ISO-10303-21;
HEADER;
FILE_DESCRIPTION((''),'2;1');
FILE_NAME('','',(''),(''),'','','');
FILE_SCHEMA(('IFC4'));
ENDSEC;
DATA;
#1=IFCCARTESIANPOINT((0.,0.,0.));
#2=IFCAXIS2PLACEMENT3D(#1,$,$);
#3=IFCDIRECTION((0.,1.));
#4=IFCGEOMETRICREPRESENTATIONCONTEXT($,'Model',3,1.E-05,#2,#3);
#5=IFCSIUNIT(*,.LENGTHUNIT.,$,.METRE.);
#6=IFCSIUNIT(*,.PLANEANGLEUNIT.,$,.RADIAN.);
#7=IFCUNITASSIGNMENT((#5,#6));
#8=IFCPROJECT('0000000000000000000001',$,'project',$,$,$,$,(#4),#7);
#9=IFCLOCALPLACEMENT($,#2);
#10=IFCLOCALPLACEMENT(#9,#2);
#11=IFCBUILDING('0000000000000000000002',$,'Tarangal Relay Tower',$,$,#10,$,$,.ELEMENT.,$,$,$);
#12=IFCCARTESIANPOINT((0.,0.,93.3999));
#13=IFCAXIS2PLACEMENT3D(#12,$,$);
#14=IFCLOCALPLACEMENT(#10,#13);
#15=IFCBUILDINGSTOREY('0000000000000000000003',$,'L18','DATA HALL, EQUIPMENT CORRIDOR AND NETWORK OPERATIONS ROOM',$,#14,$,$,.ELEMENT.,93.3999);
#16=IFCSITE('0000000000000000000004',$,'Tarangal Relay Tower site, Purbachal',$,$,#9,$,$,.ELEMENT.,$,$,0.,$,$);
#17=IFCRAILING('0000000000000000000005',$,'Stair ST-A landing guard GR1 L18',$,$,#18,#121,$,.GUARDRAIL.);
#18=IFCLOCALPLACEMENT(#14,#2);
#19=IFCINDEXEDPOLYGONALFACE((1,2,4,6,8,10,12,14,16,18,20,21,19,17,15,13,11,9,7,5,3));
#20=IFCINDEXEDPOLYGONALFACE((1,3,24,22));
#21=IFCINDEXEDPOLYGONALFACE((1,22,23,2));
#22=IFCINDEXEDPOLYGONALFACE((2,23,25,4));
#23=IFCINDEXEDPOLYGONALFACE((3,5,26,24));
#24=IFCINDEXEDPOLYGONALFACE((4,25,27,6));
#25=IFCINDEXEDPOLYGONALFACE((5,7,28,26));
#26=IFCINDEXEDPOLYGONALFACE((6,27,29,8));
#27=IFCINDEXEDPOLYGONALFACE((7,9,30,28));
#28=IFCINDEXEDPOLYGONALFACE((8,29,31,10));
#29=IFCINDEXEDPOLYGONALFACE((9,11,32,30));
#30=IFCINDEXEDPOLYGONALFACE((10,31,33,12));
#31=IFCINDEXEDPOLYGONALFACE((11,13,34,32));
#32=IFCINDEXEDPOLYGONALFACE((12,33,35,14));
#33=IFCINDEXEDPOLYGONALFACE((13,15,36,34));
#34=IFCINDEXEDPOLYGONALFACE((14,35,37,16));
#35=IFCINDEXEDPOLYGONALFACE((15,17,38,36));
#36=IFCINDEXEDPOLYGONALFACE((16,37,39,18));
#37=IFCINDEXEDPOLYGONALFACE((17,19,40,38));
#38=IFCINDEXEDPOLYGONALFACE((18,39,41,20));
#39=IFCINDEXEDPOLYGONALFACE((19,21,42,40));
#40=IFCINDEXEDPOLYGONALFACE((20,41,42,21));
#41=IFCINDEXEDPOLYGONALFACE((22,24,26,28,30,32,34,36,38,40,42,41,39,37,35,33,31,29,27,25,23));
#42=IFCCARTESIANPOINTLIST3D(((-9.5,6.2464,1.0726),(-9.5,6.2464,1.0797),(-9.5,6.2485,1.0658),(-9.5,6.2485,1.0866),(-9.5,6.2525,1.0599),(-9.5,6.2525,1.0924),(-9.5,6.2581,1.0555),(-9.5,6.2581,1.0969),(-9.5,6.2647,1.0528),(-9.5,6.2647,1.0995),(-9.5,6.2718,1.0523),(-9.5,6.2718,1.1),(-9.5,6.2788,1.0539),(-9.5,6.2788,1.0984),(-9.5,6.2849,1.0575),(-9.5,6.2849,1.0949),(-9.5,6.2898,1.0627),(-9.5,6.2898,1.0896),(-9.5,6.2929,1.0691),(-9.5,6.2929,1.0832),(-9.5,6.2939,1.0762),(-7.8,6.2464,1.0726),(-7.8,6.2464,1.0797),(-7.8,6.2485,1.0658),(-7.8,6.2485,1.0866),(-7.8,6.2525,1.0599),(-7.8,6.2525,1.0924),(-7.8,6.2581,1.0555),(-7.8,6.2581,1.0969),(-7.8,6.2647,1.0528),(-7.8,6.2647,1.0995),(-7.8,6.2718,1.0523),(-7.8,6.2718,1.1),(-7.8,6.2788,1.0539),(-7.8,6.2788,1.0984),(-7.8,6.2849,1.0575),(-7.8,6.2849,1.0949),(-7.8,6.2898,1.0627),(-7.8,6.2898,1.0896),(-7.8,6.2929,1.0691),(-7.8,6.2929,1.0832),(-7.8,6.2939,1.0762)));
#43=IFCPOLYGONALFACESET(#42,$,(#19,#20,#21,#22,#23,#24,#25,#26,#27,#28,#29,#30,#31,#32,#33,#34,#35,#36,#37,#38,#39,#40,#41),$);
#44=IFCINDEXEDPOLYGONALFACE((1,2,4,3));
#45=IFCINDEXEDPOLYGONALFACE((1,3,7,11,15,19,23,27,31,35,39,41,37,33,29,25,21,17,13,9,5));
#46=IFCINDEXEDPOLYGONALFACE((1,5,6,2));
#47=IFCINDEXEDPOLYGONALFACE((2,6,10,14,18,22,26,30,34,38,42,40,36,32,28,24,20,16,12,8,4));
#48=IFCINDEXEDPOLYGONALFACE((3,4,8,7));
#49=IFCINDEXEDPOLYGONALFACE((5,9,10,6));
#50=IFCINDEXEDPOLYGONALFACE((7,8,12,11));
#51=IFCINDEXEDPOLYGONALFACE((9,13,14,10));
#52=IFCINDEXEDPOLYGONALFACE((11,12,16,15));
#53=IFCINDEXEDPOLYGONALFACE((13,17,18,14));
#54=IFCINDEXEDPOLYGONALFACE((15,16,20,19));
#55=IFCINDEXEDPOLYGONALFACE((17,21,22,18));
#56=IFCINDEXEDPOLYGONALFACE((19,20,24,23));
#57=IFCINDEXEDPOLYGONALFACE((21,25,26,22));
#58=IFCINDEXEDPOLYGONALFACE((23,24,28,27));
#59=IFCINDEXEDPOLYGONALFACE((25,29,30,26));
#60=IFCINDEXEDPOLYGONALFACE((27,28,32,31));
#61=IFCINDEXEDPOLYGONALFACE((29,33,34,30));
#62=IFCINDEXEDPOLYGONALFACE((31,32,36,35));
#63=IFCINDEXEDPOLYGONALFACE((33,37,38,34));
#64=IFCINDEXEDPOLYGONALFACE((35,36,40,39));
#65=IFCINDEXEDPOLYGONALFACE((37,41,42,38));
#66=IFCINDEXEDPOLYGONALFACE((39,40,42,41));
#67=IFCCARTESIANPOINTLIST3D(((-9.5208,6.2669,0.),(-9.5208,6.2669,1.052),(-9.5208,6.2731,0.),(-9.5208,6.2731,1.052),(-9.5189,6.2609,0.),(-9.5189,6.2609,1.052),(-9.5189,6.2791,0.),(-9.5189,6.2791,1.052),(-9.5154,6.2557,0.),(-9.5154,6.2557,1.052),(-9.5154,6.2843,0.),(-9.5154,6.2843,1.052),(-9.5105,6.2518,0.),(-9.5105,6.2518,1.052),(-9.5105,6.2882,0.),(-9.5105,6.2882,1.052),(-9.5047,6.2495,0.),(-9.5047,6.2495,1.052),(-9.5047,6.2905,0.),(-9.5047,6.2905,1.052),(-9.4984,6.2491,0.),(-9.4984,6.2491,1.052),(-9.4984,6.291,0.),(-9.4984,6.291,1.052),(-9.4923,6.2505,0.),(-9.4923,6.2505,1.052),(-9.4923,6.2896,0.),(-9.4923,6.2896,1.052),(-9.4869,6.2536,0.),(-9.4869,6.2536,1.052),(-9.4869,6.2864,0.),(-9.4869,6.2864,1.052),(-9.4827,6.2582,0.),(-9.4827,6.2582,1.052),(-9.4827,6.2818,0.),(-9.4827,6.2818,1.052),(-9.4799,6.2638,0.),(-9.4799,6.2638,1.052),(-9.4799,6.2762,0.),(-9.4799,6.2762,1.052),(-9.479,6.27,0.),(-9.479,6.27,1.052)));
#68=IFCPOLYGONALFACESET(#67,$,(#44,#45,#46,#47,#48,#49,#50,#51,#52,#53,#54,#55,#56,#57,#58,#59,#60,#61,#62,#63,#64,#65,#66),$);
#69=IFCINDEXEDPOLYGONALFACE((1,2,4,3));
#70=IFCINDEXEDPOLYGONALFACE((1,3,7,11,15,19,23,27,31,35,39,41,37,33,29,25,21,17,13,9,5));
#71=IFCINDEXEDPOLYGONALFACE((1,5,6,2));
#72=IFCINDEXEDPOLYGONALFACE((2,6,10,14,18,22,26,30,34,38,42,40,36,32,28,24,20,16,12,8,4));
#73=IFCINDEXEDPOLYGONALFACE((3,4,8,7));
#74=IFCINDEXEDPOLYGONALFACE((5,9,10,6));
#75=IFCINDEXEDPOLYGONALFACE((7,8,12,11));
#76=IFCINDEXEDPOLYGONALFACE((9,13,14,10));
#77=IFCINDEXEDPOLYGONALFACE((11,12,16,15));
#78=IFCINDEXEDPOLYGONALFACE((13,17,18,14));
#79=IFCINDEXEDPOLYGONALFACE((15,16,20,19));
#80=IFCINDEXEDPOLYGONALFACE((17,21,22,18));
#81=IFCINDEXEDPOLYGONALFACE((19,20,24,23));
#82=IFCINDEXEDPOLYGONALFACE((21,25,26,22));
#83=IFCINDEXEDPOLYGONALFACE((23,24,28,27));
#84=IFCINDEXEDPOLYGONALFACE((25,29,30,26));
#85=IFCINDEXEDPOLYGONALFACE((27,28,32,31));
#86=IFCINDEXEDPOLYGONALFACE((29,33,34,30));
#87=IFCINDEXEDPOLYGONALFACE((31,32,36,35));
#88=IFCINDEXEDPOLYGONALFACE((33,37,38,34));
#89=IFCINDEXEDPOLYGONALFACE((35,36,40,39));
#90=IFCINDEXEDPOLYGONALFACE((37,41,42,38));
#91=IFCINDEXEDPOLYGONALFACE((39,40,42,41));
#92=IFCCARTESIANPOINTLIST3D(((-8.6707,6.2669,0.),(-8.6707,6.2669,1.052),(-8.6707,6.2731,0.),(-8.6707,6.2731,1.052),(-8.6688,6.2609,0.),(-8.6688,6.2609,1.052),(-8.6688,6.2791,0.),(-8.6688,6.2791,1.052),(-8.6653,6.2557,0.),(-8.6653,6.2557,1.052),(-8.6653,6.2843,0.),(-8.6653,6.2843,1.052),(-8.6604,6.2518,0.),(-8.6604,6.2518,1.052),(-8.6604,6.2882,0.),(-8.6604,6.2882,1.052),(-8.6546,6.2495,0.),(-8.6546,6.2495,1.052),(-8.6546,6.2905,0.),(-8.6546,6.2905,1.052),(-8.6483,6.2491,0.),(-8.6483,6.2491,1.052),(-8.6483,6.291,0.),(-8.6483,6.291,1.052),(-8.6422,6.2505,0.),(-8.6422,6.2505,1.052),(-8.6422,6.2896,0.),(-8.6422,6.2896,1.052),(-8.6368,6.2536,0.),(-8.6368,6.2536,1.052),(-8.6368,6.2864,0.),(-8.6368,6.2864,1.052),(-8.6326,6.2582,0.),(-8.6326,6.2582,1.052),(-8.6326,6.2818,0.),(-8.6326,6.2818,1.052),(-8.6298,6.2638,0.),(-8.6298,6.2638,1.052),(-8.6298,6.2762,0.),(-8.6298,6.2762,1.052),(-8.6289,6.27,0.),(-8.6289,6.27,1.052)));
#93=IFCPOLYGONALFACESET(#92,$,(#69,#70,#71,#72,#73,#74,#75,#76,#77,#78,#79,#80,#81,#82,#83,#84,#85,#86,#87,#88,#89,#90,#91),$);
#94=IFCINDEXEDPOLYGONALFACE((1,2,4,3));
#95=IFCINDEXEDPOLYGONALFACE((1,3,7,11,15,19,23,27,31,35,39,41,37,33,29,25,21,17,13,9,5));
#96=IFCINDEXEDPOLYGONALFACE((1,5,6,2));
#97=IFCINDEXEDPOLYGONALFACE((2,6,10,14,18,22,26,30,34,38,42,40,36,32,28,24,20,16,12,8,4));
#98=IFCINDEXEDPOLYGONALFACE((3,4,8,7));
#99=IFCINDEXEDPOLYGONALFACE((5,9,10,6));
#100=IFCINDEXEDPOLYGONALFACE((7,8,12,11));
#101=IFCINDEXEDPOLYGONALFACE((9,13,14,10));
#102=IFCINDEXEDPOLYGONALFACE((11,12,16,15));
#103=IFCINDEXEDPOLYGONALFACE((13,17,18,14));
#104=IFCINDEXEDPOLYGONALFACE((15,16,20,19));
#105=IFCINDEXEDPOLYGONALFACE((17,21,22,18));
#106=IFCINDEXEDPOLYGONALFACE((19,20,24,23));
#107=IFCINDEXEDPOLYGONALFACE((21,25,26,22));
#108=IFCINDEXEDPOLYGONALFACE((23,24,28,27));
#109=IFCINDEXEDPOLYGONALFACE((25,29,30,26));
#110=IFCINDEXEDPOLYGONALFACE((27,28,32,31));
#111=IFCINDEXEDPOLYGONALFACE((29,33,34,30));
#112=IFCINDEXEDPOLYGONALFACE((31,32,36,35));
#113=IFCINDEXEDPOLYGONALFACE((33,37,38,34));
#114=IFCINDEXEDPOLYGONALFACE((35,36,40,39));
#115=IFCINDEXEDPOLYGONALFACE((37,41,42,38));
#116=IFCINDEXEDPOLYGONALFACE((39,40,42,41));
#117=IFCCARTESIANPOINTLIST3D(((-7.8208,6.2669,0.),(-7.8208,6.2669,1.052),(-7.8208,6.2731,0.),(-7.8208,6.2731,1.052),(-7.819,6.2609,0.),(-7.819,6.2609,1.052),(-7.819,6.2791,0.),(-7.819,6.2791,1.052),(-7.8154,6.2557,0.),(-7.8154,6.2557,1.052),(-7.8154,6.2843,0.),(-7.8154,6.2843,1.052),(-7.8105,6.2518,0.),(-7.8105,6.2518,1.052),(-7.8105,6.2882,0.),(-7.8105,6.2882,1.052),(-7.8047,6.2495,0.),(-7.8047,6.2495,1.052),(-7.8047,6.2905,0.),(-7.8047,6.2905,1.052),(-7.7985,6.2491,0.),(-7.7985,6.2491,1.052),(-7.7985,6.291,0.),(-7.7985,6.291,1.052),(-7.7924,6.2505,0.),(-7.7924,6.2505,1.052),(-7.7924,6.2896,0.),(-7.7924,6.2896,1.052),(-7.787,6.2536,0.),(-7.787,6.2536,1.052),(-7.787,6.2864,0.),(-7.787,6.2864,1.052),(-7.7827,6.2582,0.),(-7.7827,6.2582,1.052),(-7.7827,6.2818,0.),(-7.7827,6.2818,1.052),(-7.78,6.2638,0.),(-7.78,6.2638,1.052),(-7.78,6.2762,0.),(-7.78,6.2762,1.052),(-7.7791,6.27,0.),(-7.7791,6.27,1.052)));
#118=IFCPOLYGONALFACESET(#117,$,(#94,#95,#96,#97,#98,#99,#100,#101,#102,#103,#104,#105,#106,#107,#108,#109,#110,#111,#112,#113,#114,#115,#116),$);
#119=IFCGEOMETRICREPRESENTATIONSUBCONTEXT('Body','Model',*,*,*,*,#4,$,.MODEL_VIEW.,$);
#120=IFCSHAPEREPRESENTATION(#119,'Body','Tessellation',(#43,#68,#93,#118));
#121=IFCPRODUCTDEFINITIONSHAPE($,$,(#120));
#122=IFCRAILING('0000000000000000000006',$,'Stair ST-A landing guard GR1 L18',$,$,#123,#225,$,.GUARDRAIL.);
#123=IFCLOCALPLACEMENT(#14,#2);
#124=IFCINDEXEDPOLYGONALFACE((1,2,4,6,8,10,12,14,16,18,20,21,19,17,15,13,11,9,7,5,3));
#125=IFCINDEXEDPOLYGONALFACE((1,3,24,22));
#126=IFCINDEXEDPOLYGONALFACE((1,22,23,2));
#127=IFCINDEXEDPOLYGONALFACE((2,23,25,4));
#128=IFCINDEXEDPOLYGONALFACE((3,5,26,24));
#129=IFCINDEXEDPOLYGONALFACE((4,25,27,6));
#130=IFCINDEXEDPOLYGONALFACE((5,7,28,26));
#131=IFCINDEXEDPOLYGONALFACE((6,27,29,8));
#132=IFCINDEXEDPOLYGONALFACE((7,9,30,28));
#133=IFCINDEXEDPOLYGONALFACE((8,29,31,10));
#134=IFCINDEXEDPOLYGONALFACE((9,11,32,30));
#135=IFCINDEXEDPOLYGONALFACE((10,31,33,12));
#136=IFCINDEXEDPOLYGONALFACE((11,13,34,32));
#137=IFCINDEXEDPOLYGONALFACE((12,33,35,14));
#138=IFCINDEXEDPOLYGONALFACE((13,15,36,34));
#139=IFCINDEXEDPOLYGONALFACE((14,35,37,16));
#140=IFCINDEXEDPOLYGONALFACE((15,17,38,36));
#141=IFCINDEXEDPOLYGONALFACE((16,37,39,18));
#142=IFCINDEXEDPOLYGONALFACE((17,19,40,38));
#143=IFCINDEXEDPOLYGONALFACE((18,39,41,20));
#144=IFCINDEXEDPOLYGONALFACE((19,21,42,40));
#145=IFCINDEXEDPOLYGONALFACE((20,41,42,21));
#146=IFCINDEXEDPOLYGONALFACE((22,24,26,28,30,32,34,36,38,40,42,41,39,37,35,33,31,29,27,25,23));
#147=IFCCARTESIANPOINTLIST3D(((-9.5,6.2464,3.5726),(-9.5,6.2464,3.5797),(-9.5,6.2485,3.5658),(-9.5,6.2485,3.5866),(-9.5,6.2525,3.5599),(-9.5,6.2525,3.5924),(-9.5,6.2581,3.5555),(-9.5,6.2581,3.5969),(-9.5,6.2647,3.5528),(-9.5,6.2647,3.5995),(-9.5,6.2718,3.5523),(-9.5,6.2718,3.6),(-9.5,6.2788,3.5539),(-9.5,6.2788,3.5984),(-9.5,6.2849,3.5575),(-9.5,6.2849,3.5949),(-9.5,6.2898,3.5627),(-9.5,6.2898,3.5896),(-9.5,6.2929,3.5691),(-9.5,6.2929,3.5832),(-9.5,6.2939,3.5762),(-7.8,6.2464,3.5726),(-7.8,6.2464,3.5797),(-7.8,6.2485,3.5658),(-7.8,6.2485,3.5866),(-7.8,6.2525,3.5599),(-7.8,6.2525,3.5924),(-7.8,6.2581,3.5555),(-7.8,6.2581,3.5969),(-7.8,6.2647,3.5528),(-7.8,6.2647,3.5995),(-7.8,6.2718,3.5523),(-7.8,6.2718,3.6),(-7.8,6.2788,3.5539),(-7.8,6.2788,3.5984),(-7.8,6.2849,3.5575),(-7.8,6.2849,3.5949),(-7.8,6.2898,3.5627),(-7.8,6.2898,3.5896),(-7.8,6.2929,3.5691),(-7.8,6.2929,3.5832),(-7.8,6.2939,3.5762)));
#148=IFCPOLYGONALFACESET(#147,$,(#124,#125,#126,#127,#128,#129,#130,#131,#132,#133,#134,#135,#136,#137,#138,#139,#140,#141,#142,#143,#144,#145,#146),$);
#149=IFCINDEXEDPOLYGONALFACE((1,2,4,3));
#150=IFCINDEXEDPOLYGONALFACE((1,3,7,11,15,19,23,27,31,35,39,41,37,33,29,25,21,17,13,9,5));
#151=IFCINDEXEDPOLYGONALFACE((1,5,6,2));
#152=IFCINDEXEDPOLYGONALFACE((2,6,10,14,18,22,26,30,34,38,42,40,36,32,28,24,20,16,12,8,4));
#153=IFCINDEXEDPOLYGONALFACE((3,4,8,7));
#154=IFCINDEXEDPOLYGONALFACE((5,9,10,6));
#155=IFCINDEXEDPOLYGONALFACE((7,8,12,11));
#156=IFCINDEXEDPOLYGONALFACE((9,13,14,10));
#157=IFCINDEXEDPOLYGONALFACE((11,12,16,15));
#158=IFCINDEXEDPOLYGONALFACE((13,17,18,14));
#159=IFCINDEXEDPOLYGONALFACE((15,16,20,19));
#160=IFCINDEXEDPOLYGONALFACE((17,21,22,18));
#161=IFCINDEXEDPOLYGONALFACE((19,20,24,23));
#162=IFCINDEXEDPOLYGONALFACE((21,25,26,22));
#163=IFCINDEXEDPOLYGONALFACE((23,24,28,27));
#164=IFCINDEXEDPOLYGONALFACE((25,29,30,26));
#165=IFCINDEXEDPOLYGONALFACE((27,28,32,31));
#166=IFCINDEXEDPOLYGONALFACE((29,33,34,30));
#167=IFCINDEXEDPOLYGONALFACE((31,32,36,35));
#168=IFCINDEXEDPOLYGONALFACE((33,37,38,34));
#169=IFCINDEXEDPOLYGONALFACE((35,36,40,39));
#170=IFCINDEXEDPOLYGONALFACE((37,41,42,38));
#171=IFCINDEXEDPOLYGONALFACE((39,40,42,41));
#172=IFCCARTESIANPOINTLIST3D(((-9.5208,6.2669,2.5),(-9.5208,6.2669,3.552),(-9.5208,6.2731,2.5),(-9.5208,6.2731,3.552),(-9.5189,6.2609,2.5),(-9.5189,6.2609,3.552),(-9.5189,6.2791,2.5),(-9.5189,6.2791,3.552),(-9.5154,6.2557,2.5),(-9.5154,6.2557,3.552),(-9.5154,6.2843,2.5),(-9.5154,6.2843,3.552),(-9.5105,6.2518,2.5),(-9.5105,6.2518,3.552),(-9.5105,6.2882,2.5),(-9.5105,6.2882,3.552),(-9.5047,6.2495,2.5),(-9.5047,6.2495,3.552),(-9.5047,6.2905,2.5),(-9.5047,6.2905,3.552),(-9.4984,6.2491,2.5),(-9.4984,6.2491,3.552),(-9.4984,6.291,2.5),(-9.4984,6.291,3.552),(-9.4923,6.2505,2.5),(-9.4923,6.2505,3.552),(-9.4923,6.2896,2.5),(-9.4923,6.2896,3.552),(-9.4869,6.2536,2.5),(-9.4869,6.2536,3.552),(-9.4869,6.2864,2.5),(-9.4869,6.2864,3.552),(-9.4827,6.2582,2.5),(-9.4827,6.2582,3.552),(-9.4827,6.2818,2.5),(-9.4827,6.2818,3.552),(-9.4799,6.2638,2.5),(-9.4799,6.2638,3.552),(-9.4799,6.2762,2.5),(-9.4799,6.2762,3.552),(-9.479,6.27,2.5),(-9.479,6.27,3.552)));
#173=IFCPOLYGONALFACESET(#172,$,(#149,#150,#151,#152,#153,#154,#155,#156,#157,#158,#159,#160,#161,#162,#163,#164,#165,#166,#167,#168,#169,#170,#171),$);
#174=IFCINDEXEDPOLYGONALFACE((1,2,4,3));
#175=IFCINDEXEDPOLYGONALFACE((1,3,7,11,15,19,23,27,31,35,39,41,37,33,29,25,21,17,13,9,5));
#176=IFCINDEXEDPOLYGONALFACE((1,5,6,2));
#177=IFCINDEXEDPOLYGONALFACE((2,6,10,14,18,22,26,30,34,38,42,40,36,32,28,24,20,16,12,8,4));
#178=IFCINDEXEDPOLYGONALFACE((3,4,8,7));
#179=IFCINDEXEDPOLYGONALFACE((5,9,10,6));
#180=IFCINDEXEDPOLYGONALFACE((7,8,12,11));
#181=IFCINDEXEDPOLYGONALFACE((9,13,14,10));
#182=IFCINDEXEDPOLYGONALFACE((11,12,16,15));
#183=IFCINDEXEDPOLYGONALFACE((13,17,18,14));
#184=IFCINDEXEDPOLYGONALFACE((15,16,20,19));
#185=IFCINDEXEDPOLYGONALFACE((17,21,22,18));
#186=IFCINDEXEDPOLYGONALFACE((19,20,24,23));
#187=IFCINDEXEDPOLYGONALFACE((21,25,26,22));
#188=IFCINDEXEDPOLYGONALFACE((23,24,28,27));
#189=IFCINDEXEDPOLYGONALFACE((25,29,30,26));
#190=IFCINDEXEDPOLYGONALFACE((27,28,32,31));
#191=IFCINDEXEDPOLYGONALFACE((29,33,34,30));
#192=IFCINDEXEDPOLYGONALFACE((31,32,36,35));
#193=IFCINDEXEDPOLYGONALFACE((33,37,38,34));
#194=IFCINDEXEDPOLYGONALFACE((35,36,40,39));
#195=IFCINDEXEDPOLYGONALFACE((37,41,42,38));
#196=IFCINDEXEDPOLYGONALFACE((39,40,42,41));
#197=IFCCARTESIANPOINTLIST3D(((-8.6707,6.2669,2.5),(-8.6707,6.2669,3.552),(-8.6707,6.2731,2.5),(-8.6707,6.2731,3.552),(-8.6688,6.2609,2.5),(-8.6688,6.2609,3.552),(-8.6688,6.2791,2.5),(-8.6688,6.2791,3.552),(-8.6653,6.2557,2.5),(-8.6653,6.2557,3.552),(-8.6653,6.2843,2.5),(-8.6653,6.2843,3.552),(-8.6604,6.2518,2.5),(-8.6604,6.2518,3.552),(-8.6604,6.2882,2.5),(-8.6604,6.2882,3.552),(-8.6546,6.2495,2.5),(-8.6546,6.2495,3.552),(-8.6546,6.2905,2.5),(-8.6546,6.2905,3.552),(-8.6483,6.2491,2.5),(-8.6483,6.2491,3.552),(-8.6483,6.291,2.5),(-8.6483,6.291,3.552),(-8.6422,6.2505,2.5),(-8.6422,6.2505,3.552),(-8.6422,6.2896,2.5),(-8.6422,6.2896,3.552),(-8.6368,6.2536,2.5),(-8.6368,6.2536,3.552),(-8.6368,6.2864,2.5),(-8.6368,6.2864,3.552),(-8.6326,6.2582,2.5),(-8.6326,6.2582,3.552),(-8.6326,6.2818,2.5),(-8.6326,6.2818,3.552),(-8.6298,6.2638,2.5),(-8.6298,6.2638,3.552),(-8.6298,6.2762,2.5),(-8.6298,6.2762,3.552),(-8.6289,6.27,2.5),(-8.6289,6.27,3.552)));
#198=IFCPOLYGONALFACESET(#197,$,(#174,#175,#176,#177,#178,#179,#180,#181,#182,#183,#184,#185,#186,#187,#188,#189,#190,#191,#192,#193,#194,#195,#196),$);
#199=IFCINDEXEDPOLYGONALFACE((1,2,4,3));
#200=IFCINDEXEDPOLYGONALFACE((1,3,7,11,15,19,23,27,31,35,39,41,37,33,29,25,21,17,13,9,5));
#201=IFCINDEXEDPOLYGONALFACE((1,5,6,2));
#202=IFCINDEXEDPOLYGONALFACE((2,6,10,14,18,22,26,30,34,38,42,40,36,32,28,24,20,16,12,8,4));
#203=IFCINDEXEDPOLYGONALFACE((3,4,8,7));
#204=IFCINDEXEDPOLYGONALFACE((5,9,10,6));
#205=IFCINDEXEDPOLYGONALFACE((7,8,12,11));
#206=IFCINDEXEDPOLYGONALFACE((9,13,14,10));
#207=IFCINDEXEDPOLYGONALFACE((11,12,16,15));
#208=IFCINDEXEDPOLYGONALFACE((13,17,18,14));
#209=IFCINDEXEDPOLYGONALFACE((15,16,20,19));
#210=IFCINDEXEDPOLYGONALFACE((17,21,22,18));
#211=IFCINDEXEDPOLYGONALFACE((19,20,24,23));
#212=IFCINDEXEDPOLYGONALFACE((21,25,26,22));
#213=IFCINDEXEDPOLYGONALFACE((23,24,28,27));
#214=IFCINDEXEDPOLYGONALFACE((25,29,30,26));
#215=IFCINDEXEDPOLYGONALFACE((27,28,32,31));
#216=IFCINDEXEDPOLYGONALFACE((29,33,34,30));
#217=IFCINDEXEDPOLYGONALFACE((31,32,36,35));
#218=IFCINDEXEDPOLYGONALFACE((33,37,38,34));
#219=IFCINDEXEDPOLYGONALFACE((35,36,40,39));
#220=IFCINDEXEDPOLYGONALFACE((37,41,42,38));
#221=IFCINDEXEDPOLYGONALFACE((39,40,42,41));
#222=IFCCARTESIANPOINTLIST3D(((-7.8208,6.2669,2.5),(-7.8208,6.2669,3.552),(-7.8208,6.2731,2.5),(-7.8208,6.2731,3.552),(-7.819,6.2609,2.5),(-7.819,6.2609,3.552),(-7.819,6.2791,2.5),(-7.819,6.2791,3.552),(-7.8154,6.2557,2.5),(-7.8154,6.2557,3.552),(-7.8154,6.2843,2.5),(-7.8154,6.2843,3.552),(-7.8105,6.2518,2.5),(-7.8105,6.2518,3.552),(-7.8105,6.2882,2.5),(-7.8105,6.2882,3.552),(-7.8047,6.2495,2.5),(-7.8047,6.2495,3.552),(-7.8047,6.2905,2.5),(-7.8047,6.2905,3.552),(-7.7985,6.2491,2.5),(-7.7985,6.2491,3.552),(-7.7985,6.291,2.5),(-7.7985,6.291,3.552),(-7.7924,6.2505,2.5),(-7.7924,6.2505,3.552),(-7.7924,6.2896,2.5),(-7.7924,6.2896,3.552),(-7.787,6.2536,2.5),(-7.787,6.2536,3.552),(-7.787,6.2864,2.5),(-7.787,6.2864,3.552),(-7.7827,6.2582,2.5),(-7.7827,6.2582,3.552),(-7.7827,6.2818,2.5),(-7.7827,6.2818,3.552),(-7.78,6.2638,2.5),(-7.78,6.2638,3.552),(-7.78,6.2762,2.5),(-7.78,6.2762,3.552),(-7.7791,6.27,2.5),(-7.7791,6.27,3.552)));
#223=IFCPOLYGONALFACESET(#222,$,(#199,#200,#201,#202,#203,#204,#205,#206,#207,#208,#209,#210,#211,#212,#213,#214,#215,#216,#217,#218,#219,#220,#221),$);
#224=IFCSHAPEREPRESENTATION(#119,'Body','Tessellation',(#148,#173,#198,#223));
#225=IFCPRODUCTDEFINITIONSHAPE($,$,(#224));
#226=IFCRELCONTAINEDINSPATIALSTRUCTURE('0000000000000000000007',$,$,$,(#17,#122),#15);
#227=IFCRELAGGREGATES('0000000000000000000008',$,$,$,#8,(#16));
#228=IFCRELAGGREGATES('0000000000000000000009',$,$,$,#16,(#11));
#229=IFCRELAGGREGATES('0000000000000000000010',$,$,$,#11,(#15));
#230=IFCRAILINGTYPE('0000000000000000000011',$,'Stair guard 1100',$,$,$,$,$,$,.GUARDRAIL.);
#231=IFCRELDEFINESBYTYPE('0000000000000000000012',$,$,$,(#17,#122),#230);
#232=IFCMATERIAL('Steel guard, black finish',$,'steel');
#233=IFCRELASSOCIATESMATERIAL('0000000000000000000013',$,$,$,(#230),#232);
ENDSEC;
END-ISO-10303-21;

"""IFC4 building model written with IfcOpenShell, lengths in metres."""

from ifc_helpers import new_model, si_unit, direction, frame, origin, origin_2d, place, context, subcontext, project, spatial, circle, extrude, material, type_object, element, save


model = new_model("IFC4")

# Units and contexts
model_context = context("Model", 3, precision=1e-05, world=origin(), true_north=direction((0.0, 1.0)))
body_context = subcontext(model_context, "Body", "Model", "MODEL_VIEW")
ifc_project = project(units=[si_unit("LENGTHUNIT", "METRE"), si_unit("PLANEANGLEUNIT", "RADIAN")], contexts=[model_context])

# Site, building, storey
site_placement = place(None, origin())
site = spatial("IfcSite", under=ifc_project, at=site_placement, Name="Tarangal Relay Tower site, Purbachal", CompositionType="ELEMENT", RefElevation=0.0)
building_placement = place(site_placement, origin())
building = spatial("IfcBuilding", under=site, at=building_placement, Name="Tarangal Relay Tower", CompositionType="ELEMENT")
storey_placement = place(building_placement, frame((0.0, 0.0, 93.3999)))
storey = spatial("IfcBuildingStorey", under=building, at=storey_placement, Name="L18", Description="DATA HALL, EQUIPMENT CORRIDOR AND NETWORK OPERATIONS ROOM", CompositionType="ELEMENT", Elevation=93.3999)

# Railings
ifc_material_1 = material(Name="Steel guard, black finish", Category="steel")
railing_type = type_object("IfcRailingType", Name="Stair guard 1100", PredefinedType="GUARDRAIL", material=ifc_material_1)
for number, where, name in (
    (1, (-9.5, 6.27, 0.0), "Stair ST-A landing guard GR1 L18"),
    (2, (-9.5, 6.27, 2.5), "Stair ST-A landing guard GR1 L18"),
):
    element("IfcRailing", number, at=place(storey_placement, frame(where)), inside=storey, type_object=railing_type, Name=name, PredefinedType="GUARDRAIL", context=body_context, shape_type="SweptSolid", body=[
        extrude(circle(Radius=0.0239, at=origin_2d()), frame((0.0, 0.0, 1.0762), z_axis=(1.0, 0.0, 0.0), x_axis=(0.0, 1.0, 0.0)), (0.0, 0.0, 1.0), 1.7),
        extrude(circle(Radius=0.021, at=origin_2d()), origin(), (0.0, 0.0, 1.0), 1.052),
        extrude(circle(Radius=0.021, at=origin_2d()), frame((0.8501, 0.0, 0.0)), (0.0, 0.0, 1.0), 1.052),
        extrude(circle(Radius=0.021, at=origin_2d()), frame((1.7, 0.0, 0.0)), (0.0, 0.0, 1.0), 1.052),
    ])

save(model, "model.ifc")
